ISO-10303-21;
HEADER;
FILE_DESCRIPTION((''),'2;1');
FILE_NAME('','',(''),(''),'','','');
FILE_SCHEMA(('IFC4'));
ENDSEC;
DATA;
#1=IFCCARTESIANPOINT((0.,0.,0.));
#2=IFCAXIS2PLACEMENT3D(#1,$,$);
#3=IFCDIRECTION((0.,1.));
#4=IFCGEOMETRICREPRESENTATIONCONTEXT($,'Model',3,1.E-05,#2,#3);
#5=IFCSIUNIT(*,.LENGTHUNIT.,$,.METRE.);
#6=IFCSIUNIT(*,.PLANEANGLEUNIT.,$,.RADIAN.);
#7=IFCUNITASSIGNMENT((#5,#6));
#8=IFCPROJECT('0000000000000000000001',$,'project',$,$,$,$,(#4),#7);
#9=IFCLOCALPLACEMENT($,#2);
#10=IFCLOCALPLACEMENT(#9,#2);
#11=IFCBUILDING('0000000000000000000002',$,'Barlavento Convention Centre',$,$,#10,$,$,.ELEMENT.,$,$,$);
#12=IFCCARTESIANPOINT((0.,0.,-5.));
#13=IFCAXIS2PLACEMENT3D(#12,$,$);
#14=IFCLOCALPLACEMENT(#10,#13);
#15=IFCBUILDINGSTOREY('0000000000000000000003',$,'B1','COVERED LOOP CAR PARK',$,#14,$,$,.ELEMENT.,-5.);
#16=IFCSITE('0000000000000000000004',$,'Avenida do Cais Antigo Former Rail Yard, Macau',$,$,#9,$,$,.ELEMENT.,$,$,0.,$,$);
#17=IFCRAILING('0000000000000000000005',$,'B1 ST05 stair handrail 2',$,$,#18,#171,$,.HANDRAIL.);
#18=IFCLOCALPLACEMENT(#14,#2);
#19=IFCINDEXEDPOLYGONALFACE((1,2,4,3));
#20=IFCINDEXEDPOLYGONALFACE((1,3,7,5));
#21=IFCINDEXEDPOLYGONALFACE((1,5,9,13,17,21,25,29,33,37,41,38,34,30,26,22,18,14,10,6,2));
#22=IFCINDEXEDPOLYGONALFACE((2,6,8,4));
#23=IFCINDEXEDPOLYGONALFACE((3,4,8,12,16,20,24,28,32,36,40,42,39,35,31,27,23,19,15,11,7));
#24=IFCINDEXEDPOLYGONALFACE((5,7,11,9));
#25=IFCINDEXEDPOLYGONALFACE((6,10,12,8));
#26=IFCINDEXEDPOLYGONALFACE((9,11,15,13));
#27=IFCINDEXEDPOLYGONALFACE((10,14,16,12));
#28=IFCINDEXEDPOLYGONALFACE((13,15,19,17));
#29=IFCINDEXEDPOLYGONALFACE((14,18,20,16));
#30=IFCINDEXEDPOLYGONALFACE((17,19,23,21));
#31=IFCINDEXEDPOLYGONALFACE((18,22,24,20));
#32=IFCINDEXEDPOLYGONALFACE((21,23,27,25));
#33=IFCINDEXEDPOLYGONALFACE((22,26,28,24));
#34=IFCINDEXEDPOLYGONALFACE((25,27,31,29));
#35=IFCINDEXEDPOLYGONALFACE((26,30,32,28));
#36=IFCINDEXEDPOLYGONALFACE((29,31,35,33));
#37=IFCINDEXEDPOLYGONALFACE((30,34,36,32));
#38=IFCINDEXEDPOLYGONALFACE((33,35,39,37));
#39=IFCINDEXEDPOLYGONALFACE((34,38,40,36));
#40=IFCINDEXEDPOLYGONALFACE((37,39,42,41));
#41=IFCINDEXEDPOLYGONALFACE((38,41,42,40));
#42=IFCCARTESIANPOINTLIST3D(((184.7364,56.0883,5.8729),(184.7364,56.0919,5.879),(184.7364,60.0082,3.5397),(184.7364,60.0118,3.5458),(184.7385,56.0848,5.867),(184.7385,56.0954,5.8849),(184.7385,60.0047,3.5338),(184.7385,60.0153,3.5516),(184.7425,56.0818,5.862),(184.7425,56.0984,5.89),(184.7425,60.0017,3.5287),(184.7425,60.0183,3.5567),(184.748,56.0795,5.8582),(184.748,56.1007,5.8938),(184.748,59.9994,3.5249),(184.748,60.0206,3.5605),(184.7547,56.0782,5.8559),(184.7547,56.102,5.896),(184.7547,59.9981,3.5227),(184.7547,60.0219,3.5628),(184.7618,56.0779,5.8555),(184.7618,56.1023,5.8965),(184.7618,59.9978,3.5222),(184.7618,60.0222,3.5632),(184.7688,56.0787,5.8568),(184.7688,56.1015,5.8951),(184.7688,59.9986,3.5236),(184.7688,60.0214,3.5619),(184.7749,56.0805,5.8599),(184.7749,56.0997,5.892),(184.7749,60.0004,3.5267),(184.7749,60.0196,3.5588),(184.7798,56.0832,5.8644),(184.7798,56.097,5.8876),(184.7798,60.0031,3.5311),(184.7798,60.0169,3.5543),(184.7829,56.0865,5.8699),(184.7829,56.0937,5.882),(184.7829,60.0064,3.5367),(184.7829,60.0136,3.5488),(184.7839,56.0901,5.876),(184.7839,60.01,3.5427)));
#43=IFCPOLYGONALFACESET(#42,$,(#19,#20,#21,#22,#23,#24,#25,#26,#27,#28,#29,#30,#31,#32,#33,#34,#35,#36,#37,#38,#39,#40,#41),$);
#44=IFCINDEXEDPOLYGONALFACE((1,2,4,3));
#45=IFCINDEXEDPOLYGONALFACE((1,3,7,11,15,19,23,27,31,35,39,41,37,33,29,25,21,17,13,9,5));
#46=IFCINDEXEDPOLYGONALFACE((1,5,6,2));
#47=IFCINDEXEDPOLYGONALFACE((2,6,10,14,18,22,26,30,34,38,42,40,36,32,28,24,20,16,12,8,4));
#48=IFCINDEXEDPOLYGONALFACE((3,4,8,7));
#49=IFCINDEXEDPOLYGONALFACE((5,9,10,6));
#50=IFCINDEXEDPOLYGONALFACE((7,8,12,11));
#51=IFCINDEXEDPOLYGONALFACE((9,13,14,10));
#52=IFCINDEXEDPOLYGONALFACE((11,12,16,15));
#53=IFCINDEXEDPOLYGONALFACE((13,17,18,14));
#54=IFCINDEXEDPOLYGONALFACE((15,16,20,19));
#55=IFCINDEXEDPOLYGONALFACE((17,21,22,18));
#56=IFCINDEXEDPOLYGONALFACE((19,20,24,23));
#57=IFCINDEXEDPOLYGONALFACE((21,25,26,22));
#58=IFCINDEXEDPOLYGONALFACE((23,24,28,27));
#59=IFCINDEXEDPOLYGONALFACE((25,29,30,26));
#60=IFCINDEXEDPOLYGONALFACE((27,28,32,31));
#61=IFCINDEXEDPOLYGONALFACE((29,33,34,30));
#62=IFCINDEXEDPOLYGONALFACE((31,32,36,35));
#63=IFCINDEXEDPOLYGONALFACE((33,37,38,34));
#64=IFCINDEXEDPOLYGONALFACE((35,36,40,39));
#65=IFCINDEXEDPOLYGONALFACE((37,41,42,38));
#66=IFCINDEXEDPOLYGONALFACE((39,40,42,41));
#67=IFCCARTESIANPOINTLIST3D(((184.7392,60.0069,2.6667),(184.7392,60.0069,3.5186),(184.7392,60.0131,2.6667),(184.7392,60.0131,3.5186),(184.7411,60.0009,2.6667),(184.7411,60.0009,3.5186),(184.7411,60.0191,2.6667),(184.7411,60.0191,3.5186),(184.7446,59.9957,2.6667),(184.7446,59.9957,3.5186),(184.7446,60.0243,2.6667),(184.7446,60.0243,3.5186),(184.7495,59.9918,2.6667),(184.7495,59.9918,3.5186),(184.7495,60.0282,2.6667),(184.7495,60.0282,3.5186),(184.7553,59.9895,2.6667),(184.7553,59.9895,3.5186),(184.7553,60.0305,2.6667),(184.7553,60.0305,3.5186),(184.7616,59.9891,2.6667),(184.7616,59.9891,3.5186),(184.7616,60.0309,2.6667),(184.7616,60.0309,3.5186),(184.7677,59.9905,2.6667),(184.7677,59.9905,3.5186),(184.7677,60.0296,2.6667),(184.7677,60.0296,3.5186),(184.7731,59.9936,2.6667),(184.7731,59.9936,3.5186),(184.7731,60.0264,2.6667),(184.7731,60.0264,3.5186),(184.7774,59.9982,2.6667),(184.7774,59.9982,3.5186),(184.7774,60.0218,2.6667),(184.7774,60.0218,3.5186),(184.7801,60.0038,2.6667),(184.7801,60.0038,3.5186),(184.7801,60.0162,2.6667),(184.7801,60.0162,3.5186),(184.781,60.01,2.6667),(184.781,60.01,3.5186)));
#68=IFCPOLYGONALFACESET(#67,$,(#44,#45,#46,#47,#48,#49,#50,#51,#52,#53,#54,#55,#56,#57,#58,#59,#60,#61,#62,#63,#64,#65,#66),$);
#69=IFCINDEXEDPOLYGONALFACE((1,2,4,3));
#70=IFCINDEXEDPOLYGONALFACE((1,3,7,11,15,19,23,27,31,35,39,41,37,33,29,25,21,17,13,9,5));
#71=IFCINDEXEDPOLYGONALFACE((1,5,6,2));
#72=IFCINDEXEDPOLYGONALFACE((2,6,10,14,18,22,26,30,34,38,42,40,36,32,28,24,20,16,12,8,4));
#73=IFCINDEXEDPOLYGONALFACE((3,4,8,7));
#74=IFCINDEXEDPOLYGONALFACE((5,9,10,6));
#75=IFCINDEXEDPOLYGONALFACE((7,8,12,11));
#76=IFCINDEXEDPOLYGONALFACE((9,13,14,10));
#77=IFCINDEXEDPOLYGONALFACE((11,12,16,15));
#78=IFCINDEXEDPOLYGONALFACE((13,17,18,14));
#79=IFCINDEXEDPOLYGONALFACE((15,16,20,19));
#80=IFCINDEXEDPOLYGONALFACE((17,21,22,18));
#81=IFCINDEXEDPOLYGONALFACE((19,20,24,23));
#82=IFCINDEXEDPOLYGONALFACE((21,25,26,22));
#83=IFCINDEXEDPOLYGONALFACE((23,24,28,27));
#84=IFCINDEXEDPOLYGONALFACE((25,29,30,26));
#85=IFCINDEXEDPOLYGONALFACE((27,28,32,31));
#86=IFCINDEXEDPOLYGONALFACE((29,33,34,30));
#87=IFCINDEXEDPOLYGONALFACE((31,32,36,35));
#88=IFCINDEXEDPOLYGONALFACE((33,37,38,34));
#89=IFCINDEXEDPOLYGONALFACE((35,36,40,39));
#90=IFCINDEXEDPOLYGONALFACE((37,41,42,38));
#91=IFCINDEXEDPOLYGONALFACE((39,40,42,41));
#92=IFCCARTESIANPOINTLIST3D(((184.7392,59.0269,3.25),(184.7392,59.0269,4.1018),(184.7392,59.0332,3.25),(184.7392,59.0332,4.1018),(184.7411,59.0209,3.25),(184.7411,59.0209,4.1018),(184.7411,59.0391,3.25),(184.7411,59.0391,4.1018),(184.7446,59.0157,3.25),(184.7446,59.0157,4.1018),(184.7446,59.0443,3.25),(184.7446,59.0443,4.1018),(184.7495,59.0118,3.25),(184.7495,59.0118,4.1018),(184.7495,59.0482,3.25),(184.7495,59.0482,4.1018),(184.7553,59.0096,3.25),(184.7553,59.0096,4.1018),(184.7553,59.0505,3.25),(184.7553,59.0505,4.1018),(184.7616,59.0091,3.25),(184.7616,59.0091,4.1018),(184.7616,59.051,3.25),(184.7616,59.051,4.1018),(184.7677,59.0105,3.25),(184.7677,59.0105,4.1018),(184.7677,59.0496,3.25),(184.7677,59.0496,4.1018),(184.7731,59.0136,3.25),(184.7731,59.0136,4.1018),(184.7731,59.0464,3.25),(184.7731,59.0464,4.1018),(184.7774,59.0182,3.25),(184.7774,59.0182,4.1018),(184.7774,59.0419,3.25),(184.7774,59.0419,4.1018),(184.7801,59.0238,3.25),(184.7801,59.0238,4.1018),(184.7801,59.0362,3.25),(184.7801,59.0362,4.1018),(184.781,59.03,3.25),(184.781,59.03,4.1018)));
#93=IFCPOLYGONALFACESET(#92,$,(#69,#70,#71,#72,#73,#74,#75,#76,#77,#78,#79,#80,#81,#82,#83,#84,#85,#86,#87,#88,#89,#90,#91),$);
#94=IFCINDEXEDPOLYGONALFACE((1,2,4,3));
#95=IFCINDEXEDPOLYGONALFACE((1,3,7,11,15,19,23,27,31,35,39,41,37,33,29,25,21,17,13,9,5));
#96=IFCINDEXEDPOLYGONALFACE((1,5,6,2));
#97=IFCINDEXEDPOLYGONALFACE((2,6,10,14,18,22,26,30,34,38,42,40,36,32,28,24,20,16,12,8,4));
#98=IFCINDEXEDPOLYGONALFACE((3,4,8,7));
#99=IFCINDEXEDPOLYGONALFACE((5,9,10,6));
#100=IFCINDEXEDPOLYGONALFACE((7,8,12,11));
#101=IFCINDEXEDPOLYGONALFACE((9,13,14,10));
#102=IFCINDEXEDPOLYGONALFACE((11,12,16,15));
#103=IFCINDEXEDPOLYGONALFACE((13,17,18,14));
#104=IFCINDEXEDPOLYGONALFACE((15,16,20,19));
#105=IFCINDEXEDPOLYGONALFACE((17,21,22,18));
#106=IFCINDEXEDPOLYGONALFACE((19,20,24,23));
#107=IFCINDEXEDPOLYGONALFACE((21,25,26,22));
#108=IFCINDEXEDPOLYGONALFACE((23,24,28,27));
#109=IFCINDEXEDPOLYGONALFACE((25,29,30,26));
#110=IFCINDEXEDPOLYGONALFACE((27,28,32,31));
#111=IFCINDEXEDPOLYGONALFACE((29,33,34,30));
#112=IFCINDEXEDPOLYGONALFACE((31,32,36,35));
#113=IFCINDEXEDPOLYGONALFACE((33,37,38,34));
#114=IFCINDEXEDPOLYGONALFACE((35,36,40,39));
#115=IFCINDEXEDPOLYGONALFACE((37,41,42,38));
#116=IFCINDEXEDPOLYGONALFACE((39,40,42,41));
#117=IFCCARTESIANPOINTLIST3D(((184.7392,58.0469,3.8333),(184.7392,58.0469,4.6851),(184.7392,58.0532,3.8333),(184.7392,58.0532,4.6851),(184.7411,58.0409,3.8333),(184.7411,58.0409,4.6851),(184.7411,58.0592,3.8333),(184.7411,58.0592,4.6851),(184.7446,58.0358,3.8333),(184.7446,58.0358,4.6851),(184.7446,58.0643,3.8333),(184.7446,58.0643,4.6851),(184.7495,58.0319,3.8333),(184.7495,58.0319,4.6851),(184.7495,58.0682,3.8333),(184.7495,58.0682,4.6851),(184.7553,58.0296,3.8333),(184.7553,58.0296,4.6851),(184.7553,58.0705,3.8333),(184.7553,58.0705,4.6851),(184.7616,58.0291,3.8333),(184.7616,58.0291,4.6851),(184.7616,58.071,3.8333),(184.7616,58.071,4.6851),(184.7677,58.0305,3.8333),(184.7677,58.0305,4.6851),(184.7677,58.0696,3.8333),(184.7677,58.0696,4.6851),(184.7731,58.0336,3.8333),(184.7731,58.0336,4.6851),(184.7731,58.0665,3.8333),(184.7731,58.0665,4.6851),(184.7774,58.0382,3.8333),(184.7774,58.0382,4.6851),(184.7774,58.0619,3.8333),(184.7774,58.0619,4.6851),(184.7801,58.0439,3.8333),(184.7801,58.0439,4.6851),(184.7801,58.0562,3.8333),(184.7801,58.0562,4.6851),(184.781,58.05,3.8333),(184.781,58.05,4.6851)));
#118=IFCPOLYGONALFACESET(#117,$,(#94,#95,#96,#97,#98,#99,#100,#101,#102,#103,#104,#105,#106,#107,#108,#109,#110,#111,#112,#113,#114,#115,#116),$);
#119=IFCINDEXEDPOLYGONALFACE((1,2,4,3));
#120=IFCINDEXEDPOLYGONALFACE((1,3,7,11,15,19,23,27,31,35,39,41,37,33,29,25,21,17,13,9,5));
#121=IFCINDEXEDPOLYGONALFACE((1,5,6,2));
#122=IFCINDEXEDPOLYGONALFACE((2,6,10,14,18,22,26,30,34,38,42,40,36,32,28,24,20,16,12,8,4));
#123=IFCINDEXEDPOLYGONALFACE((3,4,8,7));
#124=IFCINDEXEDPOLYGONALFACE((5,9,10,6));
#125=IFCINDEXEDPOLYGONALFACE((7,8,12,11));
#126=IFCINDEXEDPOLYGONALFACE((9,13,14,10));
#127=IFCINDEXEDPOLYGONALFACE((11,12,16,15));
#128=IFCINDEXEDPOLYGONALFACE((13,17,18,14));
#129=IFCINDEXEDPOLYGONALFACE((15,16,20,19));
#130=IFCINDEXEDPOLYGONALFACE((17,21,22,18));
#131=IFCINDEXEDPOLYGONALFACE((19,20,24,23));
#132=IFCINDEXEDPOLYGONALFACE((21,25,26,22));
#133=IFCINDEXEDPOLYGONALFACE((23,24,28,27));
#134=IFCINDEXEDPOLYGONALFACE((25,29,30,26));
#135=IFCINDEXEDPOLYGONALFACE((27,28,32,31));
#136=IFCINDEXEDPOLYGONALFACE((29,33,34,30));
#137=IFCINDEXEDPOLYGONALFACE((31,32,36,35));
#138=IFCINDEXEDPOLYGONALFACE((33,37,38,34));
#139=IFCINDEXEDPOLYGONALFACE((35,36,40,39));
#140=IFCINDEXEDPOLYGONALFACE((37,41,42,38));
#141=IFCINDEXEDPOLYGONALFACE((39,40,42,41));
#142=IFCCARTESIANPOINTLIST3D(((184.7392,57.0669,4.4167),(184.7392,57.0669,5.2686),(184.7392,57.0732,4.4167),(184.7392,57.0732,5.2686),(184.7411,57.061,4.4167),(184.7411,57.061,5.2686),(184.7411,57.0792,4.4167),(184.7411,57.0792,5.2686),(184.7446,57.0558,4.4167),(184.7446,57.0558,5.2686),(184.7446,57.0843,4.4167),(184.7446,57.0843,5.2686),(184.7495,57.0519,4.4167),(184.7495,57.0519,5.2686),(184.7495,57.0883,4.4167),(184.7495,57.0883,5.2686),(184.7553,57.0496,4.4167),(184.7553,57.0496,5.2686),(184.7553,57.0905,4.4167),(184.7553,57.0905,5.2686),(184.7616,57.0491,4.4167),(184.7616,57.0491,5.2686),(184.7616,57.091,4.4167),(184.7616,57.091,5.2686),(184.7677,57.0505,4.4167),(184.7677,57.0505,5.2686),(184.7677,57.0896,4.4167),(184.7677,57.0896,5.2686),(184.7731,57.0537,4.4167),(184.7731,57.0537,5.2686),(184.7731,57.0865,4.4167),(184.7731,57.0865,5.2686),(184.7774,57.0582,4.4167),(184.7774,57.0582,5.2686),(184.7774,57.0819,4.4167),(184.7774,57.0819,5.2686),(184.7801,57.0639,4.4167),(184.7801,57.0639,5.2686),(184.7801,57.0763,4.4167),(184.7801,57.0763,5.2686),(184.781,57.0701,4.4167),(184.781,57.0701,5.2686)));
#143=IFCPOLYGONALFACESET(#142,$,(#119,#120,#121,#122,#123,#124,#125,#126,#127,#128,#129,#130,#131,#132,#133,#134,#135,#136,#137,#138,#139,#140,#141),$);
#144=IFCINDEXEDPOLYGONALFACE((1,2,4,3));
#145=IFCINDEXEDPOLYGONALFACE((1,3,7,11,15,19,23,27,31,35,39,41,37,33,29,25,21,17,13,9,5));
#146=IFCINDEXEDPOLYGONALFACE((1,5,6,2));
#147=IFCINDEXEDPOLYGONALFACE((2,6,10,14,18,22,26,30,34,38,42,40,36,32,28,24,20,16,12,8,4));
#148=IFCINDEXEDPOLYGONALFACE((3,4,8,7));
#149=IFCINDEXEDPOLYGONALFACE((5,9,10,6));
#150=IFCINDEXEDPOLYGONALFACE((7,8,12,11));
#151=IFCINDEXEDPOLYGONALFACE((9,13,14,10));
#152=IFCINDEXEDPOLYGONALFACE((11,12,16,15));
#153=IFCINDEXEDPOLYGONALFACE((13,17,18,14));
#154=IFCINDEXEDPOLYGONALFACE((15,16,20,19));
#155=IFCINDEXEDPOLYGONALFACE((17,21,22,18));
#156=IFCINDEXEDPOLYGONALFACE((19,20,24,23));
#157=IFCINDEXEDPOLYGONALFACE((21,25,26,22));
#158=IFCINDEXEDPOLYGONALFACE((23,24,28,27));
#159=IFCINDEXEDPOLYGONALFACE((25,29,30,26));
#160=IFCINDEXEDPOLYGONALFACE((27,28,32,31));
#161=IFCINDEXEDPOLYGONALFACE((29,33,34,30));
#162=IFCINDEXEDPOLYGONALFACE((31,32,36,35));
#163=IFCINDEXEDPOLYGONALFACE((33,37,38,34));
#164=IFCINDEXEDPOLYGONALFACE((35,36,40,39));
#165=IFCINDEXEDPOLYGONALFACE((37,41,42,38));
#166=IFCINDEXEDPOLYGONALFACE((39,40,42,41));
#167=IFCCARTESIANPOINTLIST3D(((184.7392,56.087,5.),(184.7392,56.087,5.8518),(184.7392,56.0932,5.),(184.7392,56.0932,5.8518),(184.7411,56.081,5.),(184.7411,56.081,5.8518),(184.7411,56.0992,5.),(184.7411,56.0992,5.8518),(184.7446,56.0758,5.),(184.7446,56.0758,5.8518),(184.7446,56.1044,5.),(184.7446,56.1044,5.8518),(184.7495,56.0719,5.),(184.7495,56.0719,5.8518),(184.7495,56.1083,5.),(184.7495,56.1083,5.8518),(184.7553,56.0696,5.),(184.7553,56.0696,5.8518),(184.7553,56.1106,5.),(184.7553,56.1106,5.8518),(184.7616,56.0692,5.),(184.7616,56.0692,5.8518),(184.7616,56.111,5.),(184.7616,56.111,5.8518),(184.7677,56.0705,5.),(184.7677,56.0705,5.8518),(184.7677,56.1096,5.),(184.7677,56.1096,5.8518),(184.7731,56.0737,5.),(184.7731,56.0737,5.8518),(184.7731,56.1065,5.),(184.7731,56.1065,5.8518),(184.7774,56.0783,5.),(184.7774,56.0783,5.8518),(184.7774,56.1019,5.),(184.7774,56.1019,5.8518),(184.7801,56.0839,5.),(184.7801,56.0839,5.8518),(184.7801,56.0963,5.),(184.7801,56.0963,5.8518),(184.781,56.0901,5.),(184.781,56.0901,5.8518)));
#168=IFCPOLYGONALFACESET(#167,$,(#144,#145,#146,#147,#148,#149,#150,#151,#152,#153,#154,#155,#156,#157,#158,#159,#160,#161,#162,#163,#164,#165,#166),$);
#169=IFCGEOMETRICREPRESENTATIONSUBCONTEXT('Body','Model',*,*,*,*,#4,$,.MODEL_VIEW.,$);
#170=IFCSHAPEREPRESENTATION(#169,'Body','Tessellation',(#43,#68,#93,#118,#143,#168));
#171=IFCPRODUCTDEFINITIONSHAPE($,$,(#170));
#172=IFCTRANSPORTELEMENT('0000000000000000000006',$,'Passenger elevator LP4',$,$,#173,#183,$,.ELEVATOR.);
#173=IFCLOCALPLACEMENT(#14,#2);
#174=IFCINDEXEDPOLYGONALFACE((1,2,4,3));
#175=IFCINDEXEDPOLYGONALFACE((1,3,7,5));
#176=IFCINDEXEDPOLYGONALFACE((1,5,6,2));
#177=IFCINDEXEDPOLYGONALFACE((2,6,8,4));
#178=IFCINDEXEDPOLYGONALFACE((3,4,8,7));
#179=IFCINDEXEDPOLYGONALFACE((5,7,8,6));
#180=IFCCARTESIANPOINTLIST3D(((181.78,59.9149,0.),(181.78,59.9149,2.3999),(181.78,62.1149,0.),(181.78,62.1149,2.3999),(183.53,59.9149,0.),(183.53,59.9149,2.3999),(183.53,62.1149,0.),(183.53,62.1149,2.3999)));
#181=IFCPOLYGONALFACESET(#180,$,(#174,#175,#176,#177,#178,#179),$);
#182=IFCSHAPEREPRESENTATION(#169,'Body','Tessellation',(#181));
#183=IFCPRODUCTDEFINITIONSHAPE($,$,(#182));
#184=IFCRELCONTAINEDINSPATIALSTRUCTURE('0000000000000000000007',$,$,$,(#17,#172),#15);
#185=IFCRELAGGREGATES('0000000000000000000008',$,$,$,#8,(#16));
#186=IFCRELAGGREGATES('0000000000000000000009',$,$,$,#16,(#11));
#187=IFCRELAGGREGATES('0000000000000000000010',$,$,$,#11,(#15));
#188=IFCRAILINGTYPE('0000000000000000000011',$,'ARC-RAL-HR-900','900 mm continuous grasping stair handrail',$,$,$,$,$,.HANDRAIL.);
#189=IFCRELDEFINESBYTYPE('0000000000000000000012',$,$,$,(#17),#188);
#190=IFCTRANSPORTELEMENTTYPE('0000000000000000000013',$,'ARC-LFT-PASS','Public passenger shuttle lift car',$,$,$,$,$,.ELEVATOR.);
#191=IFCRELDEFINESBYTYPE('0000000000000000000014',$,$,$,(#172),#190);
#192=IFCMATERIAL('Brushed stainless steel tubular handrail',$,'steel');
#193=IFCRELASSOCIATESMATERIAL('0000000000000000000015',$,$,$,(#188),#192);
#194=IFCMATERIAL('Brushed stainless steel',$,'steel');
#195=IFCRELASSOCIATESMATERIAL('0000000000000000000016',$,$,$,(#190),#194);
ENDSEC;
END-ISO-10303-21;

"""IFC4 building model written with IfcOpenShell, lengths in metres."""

from ifc_helpers import new_model, si_unit, direction, frame, origin, origin_2d, place, context, subcontext, project, spatial, rectangle, circle, extrude, material, type_object, element, save


model = new_model("IFC4")

# Units and contexts
model_context = context("Model", 3, precision=1e-05, world=origin(), true_north=direction((0.0, 1.0)))
body_context = subcontext(model_context, "Body", "Model", "MODEL_VIEW")
ifc_project = project(units=[si_unit("LENGTHUNIT", "METRE"), si_unit("PLANEANGLEUNIT", "RADIAN")], contexts=[model_context])

# Site, building, storey
site_placement = place(None, origin())
site = spatial("IfcSite", under=ifc_project, at=site_placement, Name="Avenida do Cais Antigo Former Rail Yard, Macau", CompositionType="ELEMENT", RefElevation=0.0)
building_placement = place(site_placement, origin())
building = spatial("IfcBuilding", under=site, at=building_placement, Name="Barlavento Convention Centre", CompositionType="ELEMENT")
storey_placement = place(building_placement, frame((0.0, 0.0, -5.0)))
storey = spatial("IfcBuildingStorey", under=building, at=storey_placement, Name="B1", Description="COVERED LOOP CAR PARK", CompositionType="ELEMENT", Elevation=-5.0)

# Shared definitions
ifc_material_1 = material(Name="Brushed stainless steel", Category="steel")

# Railing
ifc_material_2 = material(Name="Brushed stainless steel tubular handrail", Category="steel")
railing_type_1 = type_object("IfcRailingType", Name="ARC-RAL-HR-900", Description="900 mm continuous grasping stair handrail", PredefinedType="HANDRAIL", material=ifc_material_2)
railing_1_placement = place(storey_placement, frame((184.76, 60.01, 2.6667)))
element("IfcRailing", 1, at=railing_1_placement, inside=storey, type_object=railing_type_1, Name="B1 ST05 stair handrail 2", PredefinedType="HANDRAIL", context=body_context, shape_type="SweptSolid", body=[
    extrude(circle(Radius=0.0239, at=origin_2d()), frame((0.0, 0.0, 0.876), z_axis=(0.0, -0.859296, 0.511478), x_axis=(1.0, 0.0, 0.0)), (0.0, 0.0, 1.0), 4.5618),
    extrude(circle(Radius=0.021, at=origin_2d()), origin(), (0.0, 0.0, 1.0), 0.8518),
    extrude(circle(Radius=0.021, at=origin_2d()), frame((0.0, -0.98, 0.5833)), (0.0, 0.0, 1.0), 0.8518),
    extrude(circle(Radius=0.021, at=origin_2d()), frame((0.0, -1.96, 1.1665)), (0.0, 0.0, 1.0), 0.8518),
    extrude(circle(Radius=0.021, at=origin_2d()), frame((0.0, -2.9399, 1.75)), (0.0, 0.0, 1.0), 0.8518),
    extrude(circle(Radius=0.021, at=origin_2d()), frame((0.0, -3.9199, 2.3333)), (0.0, 0.0, 1.0), 0.8518),
])

# Transport element
transport_element_type = type_object("IfcTransportElementType", Name="ARC-LFT-PASS", Description="Public passenger shuttle lift car", PredefinedType="ELEVATOR", material=ifc_material_1)
transport_element_placement = place(storey_placement, frame((182.655, 61.0149, 0.0), z_axis=(0.0, 0.0, 1.0), x_axis=(1.0, 0.0, 0.0)))
element("IfcTransportElement", 2, at=transport_element_placement, inside=storey, type_object=transport_element_type, Name="Passenger elevator LP4", PredefinedType="ELEVATOR", context=body_context, shape_type="SweptSolid", body=[
    extrude(rectangle(XDim=1.75, YDim=2.2, at=origin_2d()), origin(), (0.0, 0.0, 1.0), 2.3999),
])

save(model, "model.ifc")
